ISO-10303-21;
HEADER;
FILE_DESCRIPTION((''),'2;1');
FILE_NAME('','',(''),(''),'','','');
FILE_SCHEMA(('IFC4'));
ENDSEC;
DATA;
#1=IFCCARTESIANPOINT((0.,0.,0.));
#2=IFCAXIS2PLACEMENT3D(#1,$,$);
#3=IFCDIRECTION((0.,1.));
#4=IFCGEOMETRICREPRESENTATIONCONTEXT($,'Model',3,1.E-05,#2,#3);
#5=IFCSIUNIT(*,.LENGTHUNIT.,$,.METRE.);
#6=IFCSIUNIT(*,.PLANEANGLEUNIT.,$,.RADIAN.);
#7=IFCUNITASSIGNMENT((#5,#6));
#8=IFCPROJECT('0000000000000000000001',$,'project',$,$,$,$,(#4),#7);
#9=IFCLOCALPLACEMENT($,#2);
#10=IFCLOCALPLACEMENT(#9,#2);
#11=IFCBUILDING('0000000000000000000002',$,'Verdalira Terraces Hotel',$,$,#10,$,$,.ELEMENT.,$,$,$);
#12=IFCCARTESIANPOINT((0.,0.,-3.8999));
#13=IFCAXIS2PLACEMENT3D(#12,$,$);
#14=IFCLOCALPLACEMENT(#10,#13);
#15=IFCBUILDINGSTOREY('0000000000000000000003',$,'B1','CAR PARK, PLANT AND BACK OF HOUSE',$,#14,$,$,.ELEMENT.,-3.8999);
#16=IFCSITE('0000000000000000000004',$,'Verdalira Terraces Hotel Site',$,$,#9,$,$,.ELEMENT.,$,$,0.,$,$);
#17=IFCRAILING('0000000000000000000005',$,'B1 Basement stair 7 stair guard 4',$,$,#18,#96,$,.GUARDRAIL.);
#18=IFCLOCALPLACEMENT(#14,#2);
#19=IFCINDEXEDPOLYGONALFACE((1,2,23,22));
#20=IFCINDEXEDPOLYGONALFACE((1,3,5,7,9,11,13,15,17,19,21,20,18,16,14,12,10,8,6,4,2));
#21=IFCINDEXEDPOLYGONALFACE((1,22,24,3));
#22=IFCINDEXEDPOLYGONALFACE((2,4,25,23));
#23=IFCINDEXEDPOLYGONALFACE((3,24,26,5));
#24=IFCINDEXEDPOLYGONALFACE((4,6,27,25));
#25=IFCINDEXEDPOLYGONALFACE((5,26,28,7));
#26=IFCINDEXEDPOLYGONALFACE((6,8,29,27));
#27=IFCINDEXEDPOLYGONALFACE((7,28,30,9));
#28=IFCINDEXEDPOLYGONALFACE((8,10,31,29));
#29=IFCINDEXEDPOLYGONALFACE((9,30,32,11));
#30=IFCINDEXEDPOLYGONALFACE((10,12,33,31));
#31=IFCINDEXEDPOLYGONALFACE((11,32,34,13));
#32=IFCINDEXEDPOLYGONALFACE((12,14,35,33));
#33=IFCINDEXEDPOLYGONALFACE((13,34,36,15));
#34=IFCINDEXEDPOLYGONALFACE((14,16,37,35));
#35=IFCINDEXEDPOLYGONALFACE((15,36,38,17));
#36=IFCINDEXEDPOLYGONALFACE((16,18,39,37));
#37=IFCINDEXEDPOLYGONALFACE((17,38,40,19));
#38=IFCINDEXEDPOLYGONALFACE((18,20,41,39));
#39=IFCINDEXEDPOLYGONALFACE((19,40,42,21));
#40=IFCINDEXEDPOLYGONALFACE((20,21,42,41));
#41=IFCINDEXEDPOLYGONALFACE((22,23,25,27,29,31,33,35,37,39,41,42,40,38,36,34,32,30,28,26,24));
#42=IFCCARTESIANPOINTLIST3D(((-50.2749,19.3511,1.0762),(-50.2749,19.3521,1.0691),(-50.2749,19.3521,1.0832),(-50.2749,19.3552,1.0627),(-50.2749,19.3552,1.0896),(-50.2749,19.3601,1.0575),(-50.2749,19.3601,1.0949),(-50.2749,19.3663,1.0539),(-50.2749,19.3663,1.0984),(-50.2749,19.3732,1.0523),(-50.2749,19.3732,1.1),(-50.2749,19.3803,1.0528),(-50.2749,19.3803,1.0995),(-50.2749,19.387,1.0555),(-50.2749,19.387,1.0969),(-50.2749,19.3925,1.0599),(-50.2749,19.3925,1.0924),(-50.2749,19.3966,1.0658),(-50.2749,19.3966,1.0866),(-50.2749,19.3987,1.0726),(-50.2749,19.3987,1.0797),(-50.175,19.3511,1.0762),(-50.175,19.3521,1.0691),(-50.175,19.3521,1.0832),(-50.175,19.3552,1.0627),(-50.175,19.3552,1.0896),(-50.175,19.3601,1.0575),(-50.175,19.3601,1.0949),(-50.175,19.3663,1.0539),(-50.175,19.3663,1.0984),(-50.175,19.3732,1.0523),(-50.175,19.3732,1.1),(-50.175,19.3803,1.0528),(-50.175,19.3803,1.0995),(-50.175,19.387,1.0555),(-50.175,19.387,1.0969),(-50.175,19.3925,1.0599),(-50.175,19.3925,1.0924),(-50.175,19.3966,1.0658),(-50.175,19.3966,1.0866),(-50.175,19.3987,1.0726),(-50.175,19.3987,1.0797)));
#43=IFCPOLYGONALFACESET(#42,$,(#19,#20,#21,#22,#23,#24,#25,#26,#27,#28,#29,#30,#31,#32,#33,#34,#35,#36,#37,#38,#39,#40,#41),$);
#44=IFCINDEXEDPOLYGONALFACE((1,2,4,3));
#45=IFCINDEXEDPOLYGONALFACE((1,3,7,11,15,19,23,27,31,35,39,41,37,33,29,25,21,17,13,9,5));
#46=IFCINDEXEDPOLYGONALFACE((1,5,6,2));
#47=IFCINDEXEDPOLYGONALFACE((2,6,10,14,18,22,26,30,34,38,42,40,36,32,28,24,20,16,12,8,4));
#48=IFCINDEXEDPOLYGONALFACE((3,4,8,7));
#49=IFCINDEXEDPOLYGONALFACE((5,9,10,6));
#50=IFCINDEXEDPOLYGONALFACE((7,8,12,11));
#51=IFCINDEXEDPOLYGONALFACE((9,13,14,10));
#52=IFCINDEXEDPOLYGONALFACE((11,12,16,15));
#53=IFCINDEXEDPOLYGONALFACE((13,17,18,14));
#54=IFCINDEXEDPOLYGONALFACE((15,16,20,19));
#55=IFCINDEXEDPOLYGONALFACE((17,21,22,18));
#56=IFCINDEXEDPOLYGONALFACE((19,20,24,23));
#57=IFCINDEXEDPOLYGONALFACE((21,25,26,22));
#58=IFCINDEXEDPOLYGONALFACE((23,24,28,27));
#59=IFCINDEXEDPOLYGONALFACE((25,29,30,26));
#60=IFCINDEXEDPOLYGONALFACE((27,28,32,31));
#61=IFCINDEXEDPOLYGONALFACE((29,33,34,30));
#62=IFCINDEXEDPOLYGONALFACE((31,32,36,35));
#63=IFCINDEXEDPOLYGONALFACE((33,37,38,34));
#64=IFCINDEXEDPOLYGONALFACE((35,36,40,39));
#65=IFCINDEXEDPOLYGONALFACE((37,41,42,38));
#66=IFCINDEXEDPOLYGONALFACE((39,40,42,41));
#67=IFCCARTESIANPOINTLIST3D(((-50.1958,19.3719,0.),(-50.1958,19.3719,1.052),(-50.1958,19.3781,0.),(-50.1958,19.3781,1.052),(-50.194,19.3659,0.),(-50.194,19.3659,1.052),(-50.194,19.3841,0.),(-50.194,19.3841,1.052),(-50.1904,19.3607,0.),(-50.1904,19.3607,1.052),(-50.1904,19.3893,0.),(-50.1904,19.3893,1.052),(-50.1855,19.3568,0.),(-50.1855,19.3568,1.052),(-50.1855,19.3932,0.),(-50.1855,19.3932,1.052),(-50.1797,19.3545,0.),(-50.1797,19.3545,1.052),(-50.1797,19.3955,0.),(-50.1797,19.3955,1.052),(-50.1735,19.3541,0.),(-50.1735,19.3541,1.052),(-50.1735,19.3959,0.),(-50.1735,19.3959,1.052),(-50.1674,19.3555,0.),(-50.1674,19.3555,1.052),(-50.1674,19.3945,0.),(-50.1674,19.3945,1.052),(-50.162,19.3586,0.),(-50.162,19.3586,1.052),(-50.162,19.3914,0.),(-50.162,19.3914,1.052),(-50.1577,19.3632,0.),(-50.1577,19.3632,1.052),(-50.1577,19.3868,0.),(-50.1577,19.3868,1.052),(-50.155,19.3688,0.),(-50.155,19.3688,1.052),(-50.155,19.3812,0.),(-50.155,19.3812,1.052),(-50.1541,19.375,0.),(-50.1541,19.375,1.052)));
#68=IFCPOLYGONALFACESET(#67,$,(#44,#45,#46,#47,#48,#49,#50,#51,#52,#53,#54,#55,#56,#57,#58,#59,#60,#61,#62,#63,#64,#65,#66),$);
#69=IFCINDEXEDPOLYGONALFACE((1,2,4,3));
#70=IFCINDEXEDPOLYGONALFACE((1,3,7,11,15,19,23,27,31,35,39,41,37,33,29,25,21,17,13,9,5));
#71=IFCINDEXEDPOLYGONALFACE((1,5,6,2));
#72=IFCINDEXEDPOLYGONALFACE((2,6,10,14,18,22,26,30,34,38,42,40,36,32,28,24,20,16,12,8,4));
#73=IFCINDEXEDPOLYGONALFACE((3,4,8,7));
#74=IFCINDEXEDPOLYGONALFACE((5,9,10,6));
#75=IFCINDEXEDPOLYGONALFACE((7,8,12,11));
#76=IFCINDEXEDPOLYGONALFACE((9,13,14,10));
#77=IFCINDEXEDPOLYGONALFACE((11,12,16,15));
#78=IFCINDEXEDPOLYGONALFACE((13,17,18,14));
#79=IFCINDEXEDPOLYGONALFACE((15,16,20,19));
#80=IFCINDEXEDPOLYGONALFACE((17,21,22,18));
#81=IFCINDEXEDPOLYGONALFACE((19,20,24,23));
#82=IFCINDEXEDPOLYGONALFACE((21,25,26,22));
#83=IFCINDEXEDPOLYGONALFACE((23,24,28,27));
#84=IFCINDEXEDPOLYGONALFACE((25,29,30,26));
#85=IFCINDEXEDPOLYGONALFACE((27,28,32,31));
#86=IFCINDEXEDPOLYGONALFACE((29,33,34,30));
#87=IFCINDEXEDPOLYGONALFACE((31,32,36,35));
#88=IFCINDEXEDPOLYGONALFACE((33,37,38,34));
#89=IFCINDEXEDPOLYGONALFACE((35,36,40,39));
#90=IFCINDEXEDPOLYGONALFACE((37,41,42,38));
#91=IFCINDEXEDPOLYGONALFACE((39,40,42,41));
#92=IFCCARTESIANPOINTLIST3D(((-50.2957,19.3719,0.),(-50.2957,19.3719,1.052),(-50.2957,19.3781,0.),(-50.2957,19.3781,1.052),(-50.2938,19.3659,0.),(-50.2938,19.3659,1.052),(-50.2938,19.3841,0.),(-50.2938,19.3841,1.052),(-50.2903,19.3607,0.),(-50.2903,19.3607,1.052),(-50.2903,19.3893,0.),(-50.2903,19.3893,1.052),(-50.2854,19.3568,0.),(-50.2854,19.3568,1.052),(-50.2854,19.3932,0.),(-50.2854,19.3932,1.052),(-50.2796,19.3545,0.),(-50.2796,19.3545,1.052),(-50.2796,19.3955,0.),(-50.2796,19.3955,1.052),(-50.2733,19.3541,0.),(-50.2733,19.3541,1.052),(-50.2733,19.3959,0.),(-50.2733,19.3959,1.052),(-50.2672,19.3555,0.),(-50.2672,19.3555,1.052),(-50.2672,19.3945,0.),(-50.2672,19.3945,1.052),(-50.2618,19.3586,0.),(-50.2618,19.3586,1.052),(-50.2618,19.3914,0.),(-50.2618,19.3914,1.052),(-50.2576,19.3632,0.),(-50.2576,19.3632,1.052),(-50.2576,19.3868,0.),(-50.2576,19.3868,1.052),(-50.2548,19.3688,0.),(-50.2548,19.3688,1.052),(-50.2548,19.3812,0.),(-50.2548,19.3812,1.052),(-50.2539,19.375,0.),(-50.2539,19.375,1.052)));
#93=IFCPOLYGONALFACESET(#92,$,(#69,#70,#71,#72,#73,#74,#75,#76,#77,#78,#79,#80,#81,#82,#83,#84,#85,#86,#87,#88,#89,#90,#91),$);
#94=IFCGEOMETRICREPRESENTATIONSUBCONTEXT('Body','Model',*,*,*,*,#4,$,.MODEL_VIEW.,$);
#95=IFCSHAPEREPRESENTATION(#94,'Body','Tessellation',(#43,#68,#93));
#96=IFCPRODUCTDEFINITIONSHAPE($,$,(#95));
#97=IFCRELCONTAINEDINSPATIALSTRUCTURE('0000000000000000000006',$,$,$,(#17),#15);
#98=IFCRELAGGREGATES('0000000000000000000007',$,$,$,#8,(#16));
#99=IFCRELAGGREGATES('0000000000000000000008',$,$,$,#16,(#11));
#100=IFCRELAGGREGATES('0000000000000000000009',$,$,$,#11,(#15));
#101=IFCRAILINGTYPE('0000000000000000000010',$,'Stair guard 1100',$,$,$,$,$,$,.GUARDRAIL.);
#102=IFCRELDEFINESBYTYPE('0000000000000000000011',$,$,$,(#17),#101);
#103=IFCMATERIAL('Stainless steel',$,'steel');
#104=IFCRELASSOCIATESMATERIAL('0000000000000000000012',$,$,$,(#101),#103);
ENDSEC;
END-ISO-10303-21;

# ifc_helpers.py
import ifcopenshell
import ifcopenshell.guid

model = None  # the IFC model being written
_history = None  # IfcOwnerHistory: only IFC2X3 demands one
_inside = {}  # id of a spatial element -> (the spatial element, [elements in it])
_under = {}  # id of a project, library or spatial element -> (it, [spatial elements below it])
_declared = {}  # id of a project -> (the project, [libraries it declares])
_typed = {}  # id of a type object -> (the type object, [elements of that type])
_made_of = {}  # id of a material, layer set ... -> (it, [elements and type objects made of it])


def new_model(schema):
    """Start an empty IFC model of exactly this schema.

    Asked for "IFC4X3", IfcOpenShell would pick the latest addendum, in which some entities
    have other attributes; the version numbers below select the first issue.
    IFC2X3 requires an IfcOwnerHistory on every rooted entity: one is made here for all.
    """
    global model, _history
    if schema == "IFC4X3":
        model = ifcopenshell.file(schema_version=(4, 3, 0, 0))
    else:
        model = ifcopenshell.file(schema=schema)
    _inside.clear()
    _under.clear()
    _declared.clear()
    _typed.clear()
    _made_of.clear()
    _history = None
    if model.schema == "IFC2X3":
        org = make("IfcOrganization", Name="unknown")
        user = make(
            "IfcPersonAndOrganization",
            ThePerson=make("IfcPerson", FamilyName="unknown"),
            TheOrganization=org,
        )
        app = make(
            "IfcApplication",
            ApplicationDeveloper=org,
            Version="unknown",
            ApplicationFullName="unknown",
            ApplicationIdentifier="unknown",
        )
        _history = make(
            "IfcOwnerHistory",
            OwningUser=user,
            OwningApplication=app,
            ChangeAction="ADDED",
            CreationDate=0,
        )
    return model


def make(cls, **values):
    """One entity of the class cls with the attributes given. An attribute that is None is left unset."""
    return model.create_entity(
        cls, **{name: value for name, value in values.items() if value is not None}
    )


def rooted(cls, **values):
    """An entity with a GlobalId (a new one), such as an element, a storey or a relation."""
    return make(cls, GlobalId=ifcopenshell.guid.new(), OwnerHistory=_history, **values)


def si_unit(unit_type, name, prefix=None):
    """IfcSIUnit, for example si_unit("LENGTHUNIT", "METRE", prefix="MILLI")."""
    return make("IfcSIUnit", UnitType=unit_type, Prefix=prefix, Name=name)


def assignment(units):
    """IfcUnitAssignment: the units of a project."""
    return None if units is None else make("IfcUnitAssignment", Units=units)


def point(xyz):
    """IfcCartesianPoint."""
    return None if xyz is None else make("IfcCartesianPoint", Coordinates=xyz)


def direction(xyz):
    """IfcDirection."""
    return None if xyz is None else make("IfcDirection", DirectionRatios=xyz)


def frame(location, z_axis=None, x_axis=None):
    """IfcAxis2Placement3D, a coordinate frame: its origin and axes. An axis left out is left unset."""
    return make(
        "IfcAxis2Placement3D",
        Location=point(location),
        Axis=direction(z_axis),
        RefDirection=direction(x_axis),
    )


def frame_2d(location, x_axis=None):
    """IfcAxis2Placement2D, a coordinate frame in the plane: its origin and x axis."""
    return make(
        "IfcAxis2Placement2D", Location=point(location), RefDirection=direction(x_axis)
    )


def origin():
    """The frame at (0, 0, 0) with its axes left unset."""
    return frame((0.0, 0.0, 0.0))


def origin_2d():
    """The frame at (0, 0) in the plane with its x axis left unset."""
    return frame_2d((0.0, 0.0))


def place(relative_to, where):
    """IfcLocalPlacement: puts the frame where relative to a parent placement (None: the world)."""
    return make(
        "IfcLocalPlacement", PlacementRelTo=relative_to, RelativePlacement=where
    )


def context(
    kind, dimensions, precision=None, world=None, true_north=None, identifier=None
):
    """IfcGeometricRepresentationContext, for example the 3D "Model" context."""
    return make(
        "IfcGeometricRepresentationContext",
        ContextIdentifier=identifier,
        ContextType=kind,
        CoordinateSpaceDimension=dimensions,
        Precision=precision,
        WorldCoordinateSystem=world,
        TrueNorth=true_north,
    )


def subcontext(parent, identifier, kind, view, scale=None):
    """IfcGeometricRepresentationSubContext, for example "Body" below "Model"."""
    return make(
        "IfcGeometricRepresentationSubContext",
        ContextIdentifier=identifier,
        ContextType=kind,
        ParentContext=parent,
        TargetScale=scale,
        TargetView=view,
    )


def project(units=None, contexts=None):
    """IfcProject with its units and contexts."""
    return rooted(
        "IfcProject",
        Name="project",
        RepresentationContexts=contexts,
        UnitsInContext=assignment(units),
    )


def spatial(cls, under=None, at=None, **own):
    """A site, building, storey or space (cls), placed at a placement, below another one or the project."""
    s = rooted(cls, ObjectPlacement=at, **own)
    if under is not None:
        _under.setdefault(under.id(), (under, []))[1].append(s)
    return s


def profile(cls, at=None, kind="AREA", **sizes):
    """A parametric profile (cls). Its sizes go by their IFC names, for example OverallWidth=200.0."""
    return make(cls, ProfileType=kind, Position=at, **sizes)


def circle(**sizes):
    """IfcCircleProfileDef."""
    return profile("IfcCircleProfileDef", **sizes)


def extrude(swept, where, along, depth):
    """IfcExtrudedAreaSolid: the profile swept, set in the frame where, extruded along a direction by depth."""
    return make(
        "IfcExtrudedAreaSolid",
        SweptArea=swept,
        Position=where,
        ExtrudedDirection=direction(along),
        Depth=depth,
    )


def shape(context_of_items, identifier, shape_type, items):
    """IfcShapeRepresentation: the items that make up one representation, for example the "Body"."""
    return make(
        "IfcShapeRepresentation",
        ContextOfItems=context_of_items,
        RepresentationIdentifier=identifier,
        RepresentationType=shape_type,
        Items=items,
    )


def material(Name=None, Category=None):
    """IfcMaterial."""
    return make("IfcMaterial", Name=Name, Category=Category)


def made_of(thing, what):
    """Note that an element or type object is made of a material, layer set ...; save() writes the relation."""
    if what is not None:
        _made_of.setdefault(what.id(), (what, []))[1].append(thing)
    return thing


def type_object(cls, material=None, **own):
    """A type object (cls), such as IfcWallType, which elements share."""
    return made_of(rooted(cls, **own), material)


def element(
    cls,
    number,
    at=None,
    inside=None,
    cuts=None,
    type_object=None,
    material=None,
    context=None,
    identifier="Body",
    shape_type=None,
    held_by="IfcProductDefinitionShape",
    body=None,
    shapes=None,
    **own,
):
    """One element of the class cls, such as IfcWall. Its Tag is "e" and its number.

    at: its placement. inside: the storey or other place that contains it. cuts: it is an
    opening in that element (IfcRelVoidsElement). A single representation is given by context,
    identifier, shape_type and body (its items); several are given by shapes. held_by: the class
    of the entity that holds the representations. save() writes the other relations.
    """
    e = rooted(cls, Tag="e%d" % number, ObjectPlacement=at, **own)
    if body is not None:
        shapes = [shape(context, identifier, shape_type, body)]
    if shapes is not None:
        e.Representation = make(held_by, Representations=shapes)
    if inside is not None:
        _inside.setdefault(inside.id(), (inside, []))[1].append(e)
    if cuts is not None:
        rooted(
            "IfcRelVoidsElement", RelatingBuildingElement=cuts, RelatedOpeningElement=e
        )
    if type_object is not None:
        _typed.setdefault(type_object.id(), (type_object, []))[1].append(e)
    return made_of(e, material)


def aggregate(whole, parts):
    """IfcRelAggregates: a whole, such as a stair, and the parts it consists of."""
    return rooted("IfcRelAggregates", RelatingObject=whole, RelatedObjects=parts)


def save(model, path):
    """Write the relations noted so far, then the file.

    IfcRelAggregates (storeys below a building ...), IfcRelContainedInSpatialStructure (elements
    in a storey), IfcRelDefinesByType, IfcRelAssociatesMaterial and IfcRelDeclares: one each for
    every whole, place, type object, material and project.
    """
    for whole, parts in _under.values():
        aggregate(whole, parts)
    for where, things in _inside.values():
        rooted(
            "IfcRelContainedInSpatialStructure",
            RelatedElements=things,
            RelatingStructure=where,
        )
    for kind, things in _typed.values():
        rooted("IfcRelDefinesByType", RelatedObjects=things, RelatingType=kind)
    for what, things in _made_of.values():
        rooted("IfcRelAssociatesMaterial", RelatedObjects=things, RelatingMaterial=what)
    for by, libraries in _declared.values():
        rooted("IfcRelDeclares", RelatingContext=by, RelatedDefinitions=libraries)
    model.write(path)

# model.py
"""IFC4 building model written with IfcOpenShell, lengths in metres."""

from ifc_helpers import new_model, si_unit, direction, frame, origin, origin_2d, place, context, subcontext, project, spatial, circle, extrude, material, type_object, element, save


model = new_model("IFC4")

# Units and contexts
model_context = context("Model", 3, precision=1e-05, world=origin(), true_north=direction((0.0, 1.0)))
body_context = subcontext(model_context, "Body", "Model", "MODEL_VIEW")
ifc_project = project(units=[si_unit("LENGTHUNIT", "METRE"), si_unit("PLANEANGLEUNIT", "RADIAN")], contexts=[model_context])

# Site, building, storey
site_placement = place(None, origin())
site = spatial("IfcSite", under=ifc_project, at=site_placement, Name="Verdalira Terraces Hotel Site", CompositionType="ELEMENT", RefElevation=0.0)
building_placement = place(site_placement, origin())
building = spatial("IfcBuilding", under=site, at=building_placement, Name="Verdalira Terraces Hotel", CompositionType="ELEMENT")
storey_placement = place(building_placement, frame((0.0, 0.0, -3.8999)))
storey = spatial("IfcBuildingStorey", under=building, at=storey_placement, Name="B1", Description="CAR PARK, PLANT AND BACK OF HOUSE", CompositionType="ELEMENT", Elevation=-3.8999)

# Railing
ifc_material_1 = material(Name="Stainless steel", Category="steel")
railing_type_1 = type_object("IfcRailingType", Name="Stair guard 1100", PredefinedType="GUARDRAIL", material=ifc_material_1)
railing_1_placement = place(storey_placement, frame((-50.175, 19.375, 0.0)))
element("IfcRailing", 1, at=railing_1_placement, inside=storey, type_object=railing_type_1, Name="B1 Basement stair 7 stair guard 4", PredefinedType="GUARDRAIL", context=body_context, shape_type="SweptSolid", body=[
    extrude(circle(Radius=0.0239, at=origin_2d()), frame((0.0, 0.0, 1.0762), z_axis=(-1.0, 0.0, 0.0), x_axis=(0.0, -1.0, 0.0)), (0.0, 0.0, 1.0), 0.0999),
    extrude(circle(Radius=0.021, at=origin_2d()), origin(), (0.0, 0.0, 1.0), 1.052),
    extrude(circle(Radius=0.021, at=origin_2d()), frame((-0.0999, 0.0, 0.0)), (0.0, 0.0, 1.0), 1.052),
])

save(model, "model.ifc")
